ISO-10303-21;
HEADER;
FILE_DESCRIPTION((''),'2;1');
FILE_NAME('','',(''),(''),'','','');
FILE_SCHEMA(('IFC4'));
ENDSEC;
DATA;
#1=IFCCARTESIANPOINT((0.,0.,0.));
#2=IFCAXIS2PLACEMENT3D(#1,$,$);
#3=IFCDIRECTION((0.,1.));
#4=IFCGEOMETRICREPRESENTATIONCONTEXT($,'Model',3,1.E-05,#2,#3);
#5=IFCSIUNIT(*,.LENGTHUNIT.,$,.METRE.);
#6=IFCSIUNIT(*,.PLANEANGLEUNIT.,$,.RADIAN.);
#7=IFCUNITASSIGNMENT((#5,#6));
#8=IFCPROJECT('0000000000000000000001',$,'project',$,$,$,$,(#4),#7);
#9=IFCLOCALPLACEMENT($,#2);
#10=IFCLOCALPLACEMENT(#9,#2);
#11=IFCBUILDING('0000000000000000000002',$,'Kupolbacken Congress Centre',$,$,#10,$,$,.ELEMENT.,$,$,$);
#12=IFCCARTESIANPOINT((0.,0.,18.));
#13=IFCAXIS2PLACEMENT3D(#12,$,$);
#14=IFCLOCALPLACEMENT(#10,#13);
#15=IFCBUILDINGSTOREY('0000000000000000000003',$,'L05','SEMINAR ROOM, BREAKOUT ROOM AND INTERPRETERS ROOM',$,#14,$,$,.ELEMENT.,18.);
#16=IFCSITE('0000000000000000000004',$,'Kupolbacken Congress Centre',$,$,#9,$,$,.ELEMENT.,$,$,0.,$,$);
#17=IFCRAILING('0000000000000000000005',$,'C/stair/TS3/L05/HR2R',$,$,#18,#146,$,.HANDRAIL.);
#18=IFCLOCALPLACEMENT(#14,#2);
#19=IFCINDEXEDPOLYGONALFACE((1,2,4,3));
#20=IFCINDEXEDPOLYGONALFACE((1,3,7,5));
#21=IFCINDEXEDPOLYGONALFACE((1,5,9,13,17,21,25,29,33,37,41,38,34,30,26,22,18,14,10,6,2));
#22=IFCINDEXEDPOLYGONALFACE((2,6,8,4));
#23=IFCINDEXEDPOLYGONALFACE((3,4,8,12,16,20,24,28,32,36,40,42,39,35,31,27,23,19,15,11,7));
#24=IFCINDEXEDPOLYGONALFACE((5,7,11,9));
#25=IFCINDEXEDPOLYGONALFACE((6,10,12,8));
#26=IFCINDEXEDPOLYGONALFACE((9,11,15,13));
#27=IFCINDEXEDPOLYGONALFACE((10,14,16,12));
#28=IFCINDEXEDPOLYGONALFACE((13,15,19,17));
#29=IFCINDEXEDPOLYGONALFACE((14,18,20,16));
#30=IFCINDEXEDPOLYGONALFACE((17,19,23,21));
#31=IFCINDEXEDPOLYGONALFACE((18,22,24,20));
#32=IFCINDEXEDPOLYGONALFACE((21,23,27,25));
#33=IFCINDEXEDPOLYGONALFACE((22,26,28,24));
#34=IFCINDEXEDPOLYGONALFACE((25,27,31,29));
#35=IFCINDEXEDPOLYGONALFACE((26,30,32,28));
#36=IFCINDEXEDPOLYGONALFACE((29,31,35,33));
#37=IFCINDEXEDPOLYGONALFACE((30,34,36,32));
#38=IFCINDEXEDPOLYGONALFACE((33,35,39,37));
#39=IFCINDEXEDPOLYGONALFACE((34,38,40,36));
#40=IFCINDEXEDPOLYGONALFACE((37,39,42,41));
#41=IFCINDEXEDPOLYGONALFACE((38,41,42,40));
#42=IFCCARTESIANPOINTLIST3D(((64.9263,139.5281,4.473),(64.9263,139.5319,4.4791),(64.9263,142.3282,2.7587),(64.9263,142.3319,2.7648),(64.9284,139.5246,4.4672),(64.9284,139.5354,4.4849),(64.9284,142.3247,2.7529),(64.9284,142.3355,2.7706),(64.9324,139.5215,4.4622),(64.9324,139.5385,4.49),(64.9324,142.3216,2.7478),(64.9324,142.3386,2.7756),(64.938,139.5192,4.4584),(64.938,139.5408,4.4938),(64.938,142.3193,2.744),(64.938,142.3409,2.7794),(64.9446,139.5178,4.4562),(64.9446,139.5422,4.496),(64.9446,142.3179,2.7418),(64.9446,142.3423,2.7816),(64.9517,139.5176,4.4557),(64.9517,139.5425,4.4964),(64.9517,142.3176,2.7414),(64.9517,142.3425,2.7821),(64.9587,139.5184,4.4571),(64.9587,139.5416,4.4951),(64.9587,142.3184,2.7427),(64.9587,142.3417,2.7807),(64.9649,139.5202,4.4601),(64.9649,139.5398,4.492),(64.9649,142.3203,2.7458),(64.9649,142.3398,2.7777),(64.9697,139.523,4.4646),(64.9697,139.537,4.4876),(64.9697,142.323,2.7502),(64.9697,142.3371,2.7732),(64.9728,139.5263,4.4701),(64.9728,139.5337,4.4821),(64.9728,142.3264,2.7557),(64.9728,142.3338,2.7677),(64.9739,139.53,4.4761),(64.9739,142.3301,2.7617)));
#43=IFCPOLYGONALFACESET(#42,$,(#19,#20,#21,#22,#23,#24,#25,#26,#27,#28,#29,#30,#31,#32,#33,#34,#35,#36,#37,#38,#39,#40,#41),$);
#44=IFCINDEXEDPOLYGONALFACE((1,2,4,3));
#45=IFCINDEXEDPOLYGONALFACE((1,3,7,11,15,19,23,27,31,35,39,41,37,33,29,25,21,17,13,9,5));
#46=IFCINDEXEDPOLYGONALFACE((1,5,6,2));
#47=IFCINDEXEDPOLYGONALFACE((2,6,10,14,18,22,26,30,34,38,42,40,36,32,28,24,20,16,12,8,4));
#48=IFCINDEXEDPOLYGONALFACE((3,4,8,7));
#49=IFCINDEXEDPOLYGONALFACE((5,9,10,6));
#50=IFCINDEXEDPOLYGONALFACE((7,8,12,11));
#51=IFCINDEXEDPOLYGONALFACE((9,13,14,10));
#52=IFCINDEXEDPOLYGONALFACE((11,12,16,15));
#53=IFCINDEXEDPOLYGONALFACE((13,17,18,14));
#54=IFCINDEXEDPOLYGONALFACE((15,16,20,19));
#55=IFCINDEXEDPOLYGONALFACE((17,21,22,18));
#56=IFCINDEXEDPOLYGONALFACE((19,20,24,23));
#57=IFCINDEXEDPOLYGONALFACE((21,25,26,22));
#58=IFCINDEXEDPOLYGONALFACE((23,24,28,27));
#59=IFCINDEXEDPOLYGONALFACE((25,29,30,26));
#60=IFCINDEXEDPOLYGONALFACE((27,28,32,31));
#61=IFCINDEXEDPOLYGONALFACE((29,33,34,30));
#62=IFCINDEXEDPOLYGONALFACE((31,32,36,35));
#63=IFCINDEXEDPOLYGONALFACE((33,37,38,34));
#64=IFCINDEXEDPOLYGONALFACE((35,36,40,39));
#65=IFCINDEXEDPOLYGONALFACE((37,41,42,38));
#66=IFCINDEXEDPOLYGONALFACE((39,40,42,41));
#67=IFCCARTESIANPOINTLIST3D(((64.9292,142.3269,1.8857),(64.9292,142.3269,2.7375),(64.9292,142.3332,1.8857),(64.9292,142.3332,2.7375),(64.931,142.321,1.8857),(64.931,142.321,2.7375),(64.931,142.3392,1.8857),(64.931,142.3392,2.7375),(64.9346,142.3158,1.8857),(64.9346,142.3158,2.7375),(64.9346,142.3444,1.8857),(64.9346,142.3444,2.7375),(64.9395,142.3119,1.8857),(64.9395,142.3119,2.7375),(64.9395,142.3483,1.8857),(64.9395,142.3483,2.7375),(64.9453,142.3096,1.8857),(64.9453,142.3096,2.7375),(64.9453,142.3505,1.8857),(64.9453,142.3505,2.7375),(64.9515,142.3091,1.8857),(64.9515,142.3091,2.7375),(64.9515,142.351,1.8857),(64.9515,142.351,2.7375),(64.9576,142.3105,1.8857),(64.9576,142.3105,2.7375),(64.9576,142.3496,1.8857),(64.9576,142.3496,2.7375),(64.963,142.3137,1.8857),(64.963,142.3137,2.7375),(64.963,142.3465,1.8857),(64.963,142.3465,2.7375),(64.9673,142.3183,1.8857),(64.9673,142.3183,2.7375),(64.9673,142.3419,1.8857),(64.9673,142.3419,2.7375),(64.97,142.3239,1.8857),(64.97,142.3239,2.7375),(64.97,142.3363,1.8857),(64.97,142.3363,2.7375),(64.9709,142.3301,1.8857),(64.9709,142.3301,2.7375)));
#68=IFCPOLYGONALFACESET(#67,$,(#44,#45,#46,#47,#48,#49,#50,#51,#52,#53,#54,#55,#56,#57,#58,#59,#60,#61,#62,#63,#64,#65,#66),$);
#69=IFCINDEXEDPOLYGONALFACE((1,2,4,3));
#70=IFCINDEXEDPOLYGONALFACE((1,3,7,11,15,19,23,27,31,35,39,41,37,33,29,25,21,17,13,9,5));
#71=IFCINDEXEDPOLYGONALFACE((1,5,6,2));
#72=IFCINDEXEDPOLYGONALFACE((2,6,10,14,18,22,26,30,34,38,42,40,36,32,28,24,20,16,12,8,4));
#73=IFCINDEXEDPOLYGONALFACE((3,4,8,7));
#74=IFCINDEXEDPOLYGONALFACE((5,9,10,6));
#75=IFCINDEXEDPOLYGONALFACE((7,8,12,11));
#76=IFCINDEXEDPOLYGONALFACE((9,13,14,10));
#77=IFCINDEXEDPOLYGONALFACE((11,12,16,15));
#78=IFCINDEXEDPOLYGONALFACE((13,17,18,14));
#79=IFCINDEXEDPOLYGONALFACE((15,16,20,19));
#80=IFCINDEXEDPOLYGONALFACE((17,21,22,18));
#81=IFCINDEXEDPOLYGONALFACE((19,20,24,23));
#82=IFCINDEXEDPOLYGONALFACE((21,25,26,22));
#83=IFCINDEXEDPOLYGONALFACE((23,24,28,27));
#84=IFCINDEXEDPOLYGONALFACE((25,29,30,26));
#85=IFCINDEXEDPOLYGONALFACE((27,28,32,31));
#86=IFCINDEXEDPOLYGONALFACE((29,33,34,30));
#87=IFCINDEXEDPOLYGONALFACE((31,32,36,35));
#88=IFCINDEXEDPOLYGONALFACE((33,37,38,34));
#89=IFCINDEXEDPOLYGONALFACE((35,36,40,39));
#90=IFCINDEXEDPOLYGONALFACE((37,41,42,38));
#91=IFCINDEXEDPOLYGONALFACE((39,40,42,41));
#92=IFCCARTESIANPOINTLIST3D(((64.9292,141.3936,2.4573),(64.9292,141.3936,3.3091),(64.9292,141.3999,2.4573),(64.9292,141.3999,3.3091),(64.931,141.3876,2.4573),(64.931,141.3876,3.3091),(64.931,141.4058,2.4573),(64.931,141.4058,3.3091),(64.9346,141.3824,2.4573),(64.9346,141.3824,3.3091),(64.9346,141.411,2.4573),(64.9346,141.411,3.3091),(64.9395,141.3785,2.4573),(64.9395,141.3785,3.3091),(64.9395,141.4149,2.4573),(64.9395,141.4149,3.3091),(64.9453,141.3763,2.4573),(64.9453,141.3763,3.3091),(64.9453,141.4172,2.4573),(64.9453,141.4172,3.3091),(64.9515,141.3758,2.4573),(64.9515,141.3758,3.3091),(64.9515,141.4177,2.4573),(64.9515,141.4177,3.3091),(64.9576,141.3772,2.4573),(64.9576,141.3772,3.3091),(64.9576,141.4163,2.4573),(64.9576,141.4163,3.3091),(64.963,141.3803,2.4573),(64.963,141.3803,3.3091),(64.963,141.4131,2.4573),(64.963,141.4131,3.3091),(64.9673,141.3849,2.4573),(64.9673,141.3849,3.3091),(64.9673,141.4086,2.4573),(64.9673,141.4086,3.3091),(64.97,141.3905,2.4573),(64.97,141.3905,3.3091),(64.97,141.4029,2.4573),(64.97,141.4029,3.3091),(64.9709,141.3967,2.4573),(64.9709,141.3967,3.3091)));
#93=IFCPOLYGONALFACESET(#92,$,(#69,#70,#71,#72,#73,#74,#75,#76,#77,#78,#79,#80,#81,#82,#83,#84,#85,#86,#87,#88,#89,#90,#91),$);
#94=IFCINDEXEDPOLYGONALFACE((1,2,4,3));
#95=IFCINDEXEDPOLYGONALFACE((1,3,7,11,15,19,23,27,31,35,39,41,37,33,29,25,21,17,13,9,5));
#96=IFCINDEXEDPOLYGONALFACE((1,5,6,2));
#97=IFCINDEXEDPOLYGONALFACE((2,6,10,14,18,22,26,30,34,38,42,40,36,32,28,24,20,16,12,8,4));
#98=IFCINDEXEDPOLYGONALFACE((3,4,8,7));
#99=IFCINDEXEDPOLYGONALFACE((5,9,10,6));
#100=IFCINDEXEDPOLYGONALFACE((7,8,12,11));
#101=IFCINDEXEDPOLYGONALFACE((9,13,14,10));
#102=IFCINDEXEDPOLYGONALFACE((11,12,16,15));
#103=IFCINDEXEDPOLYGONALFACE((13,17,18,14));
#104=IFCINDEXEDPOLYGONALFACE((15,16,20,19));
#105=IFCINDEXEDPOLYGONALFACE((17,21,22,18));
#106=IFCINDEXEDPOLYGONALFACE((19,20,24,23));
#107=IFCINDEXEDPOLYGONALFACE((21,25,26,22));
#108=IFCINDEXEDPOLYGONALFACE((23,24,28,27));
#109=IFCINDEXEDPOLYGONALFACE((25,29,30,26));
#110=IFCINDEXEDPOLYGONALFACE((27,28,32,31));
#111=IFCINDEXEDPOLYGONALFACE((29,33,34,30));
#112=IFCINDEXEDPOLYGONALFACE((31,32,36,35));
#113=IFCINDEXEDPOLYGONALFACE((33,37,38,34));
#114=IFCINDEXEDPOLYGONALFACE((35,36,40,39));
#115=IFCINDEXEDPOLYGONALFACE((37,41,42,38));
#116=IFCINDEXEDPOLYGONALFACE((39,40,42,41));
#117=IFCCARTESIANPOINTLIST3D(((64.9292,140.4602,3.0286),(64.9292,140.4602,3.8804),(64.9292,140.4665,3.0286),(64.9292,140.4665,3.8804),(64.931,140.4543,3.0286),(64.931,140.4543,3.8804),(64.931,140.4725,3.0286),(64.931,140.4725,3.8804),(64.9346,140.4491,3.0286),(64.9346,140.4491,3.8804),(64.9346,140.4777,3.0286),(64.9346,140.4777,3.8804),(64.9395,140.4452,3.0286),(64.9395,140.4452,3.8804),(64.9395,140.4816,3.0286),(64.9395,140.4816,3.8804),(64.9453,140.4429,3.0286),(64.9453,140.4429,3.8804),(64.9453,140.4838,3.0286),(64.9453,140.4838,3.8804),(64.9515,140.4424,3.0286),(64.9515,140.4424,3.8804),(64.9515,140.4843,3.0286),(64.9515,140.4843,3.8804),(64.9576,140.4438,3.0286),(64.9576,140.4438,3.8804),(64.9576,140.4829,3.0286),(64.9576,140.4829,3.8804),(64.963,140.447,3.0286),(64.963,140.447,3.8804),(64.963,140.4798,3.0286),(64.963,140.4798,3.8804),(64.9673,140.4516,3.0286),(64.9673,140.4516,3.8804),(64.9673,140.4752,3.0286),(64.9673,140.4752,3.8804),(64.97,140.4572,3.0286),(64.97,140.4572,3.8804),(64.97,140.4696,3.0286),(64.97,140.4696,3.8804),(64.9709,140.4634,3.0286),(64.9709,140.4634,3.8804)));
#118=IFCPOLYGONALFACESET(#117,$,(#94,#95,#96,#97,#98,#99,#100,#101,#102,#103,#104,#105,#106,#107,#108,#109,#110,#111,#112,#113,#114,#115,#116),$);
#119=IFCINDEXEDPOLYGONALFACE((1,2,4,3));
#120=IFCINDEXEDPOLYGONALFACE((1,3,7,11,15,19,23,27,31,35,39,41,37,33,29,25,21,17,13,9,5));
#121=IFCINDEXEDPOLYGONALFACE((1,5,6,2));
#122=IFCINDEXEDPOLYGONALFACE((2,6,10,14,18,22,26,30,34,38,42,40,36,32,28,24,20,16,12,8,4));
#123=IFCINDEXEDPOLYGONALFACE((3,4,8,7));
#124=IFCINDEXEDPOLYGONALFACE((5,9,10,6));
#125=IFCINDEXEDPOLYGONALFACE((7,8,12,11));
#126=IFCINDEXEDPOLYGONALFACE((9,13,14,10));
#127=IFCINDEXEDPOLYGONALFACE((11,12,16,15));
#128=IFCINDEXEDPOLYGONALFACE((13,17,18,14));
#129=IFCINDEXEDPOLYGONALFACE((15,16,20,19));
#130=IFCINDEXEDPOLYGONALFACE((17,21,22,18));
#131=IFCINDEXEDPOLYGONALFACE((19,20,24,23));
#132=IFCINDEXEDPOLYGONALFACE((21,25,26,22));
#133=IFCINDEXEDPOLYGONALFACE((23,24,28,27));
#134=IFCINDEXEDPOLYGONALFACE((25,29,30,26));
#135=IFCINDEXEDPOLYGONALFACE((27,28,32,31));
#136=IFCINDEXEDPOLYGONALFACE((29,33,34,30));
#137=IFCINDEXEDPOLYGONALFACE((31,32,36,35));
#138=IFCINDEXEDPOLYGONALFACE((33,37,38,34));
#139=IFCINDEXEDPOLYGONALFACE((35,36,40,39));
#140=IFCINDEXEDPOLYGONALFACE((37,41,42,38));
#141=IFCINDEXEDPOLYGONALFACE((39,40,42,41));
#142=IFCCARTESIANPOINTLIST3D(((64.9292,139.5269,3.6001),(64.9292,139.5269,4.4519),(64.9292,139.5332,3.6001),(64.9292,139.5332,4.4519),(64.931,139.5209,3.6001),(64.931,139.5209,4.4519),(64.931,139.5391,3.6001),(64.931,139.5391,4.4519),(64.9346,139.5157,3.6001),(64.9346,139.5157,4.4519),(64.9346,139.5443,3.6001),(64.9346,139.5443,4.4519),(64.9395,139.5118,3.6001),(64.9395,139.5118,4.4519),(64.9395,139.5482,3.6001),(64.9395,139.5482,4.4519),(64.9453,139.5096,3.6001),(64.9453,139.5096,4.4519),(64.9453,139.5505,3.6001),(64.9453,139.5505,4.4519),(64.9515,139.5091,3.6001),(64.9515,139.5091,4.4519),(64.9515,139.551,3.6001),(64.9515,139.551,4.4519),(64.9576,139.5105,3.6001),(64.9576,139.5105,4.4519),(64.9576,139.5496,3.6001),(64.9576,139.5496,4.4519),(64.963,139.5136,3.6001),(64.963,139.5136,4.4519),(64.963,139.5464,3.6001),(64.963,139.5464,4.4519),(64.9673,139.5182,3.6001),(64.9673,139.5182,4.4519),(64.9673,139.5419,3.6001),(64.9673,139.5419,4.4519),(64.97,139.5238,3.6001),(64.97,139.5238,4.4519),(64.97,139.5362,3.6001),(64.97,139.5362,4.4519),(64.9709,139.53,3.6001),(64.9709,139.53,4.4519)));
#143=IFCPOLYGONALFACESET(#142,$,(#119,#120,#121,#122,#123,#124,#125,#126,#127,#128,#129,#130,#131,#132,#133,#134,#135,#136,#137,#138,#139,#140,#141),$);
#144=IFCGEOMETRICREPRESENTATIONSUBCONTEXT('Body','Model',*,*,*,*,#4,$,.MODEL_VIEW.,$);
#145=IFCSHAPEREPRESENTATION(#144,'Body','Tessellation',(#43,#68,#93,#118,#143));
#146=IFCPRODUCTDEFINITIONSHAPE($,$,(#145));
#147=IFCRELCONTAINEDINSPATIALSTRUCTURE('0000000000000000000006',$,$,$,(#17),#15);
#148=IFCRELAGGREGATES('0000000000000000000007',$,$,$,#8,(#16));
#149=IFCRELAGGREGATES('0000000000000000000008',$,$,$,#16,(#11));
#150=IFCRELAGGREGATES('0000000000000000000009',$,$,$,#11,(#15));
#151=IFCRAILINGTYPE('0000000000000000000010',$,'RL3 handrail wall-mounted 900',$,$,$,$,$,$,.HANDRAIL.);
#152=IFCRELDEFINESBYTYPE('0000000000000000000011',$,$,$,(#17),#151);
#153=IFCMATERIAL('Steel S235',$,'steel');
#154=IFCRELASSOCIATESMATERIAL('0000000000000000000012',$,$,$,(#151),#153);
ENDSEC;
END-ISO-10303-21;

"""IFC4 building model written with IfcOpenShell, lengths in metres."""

from ifc_helpers import new_model, si_unit, direction, frame, origin, origin_2d, place, context, subcontext, project, spatial, circle, extrude, material, type_object, element, save


model = new_model("IFC4")

# Units and contexts
model_context = context("Model", 3, precision=1e-05, world=origin(), true_north=direction((0.0, 1.0)))
body_context = subcontext(model_context, "Body", "Model", "MODEL_VIEW")
ifc_project = project(units=[si_unit("LENGTHUNIT", "METRE"), si_unit("PLANEANGLEUNIT", "RADIAN")], contexts=[model_context])

# Site, building, storey
site_placement = place(None, origin())
site = spatial("IfcSite", under=ifc_project, at=site_placement, Name="Kupolbacken Congress Centre", CompositionType="ELEMENT", RefElevation=0.0)
building_placement = place(site_placement, origin())
building = spatial("IfcBuilding", under=site, at=building_placement, Name="Kupolbacken Congress Centre", CompositionType="ELEMENT")
storey_placement = place(building_placement, frame((0.0, 0.0, 18.0)))
storey = spatial("IfcBuildingStorey", under=building, at=storey_placement, Name="L05", Description="SEMINAR ROOM, BREAKOUT ROOM AND INTERPRETERS ROOM", CompositionType="ELEMENT", Elevation=18.0)

# Railing
ifc_material_1 = material(Name="Steel S235", Category="steel")
railing_type = type_object("IfcRailingType", Name="RL3 handrail wall-mounted 900", PredefinedType="HANDRAIL", material=ifc_material_1)
for number, where, name in (
    (1, (64.95, 142.3301, 1.8857), "C/stair/TS3/L05/HR2R"),
):
    element("IfcRailing", number, at=place(storey_placement, frame(where)), inside=storey, type_object=railing_type, Name=name, PredefinedType="HANDRAIL", context=body_context, shape_type="SweptSolid", body=[
        extrude(circle(Radius=0.0239, at=origin_2d()), frame((0.0, 0.0, 0.876), z_axis=(0.0, -0.852846, 0.522163), x_axis=(1.0, 0.0, 0.0)), (0.0, 0.0, 1.0), 3.2832),
        extrude(circle(Radius=0.021, at=origin_2d()), origin(), (0.0, 0.0, 1.0), 0.8518),
        extrude(circle(Radius=0.021, at=origin_2d()), frame((0.0, -0.9333, 0.5715)), (0.0, 0.0, 1.0), 0.8518),
        extrude(circle(Radius=0.021, at=origin_2d()), frame((0.0, -1.8667, 1.1428)), (0.0, 0.0, 1.0), 0.8518),
        extrude(circle(Radius=0.021, at=origin_2d()), frame((0.0, -2.8, 1.7144)), (0.0, 0.0, 1.0), 0.8518),
    ])

save(model, "model.ifc")
